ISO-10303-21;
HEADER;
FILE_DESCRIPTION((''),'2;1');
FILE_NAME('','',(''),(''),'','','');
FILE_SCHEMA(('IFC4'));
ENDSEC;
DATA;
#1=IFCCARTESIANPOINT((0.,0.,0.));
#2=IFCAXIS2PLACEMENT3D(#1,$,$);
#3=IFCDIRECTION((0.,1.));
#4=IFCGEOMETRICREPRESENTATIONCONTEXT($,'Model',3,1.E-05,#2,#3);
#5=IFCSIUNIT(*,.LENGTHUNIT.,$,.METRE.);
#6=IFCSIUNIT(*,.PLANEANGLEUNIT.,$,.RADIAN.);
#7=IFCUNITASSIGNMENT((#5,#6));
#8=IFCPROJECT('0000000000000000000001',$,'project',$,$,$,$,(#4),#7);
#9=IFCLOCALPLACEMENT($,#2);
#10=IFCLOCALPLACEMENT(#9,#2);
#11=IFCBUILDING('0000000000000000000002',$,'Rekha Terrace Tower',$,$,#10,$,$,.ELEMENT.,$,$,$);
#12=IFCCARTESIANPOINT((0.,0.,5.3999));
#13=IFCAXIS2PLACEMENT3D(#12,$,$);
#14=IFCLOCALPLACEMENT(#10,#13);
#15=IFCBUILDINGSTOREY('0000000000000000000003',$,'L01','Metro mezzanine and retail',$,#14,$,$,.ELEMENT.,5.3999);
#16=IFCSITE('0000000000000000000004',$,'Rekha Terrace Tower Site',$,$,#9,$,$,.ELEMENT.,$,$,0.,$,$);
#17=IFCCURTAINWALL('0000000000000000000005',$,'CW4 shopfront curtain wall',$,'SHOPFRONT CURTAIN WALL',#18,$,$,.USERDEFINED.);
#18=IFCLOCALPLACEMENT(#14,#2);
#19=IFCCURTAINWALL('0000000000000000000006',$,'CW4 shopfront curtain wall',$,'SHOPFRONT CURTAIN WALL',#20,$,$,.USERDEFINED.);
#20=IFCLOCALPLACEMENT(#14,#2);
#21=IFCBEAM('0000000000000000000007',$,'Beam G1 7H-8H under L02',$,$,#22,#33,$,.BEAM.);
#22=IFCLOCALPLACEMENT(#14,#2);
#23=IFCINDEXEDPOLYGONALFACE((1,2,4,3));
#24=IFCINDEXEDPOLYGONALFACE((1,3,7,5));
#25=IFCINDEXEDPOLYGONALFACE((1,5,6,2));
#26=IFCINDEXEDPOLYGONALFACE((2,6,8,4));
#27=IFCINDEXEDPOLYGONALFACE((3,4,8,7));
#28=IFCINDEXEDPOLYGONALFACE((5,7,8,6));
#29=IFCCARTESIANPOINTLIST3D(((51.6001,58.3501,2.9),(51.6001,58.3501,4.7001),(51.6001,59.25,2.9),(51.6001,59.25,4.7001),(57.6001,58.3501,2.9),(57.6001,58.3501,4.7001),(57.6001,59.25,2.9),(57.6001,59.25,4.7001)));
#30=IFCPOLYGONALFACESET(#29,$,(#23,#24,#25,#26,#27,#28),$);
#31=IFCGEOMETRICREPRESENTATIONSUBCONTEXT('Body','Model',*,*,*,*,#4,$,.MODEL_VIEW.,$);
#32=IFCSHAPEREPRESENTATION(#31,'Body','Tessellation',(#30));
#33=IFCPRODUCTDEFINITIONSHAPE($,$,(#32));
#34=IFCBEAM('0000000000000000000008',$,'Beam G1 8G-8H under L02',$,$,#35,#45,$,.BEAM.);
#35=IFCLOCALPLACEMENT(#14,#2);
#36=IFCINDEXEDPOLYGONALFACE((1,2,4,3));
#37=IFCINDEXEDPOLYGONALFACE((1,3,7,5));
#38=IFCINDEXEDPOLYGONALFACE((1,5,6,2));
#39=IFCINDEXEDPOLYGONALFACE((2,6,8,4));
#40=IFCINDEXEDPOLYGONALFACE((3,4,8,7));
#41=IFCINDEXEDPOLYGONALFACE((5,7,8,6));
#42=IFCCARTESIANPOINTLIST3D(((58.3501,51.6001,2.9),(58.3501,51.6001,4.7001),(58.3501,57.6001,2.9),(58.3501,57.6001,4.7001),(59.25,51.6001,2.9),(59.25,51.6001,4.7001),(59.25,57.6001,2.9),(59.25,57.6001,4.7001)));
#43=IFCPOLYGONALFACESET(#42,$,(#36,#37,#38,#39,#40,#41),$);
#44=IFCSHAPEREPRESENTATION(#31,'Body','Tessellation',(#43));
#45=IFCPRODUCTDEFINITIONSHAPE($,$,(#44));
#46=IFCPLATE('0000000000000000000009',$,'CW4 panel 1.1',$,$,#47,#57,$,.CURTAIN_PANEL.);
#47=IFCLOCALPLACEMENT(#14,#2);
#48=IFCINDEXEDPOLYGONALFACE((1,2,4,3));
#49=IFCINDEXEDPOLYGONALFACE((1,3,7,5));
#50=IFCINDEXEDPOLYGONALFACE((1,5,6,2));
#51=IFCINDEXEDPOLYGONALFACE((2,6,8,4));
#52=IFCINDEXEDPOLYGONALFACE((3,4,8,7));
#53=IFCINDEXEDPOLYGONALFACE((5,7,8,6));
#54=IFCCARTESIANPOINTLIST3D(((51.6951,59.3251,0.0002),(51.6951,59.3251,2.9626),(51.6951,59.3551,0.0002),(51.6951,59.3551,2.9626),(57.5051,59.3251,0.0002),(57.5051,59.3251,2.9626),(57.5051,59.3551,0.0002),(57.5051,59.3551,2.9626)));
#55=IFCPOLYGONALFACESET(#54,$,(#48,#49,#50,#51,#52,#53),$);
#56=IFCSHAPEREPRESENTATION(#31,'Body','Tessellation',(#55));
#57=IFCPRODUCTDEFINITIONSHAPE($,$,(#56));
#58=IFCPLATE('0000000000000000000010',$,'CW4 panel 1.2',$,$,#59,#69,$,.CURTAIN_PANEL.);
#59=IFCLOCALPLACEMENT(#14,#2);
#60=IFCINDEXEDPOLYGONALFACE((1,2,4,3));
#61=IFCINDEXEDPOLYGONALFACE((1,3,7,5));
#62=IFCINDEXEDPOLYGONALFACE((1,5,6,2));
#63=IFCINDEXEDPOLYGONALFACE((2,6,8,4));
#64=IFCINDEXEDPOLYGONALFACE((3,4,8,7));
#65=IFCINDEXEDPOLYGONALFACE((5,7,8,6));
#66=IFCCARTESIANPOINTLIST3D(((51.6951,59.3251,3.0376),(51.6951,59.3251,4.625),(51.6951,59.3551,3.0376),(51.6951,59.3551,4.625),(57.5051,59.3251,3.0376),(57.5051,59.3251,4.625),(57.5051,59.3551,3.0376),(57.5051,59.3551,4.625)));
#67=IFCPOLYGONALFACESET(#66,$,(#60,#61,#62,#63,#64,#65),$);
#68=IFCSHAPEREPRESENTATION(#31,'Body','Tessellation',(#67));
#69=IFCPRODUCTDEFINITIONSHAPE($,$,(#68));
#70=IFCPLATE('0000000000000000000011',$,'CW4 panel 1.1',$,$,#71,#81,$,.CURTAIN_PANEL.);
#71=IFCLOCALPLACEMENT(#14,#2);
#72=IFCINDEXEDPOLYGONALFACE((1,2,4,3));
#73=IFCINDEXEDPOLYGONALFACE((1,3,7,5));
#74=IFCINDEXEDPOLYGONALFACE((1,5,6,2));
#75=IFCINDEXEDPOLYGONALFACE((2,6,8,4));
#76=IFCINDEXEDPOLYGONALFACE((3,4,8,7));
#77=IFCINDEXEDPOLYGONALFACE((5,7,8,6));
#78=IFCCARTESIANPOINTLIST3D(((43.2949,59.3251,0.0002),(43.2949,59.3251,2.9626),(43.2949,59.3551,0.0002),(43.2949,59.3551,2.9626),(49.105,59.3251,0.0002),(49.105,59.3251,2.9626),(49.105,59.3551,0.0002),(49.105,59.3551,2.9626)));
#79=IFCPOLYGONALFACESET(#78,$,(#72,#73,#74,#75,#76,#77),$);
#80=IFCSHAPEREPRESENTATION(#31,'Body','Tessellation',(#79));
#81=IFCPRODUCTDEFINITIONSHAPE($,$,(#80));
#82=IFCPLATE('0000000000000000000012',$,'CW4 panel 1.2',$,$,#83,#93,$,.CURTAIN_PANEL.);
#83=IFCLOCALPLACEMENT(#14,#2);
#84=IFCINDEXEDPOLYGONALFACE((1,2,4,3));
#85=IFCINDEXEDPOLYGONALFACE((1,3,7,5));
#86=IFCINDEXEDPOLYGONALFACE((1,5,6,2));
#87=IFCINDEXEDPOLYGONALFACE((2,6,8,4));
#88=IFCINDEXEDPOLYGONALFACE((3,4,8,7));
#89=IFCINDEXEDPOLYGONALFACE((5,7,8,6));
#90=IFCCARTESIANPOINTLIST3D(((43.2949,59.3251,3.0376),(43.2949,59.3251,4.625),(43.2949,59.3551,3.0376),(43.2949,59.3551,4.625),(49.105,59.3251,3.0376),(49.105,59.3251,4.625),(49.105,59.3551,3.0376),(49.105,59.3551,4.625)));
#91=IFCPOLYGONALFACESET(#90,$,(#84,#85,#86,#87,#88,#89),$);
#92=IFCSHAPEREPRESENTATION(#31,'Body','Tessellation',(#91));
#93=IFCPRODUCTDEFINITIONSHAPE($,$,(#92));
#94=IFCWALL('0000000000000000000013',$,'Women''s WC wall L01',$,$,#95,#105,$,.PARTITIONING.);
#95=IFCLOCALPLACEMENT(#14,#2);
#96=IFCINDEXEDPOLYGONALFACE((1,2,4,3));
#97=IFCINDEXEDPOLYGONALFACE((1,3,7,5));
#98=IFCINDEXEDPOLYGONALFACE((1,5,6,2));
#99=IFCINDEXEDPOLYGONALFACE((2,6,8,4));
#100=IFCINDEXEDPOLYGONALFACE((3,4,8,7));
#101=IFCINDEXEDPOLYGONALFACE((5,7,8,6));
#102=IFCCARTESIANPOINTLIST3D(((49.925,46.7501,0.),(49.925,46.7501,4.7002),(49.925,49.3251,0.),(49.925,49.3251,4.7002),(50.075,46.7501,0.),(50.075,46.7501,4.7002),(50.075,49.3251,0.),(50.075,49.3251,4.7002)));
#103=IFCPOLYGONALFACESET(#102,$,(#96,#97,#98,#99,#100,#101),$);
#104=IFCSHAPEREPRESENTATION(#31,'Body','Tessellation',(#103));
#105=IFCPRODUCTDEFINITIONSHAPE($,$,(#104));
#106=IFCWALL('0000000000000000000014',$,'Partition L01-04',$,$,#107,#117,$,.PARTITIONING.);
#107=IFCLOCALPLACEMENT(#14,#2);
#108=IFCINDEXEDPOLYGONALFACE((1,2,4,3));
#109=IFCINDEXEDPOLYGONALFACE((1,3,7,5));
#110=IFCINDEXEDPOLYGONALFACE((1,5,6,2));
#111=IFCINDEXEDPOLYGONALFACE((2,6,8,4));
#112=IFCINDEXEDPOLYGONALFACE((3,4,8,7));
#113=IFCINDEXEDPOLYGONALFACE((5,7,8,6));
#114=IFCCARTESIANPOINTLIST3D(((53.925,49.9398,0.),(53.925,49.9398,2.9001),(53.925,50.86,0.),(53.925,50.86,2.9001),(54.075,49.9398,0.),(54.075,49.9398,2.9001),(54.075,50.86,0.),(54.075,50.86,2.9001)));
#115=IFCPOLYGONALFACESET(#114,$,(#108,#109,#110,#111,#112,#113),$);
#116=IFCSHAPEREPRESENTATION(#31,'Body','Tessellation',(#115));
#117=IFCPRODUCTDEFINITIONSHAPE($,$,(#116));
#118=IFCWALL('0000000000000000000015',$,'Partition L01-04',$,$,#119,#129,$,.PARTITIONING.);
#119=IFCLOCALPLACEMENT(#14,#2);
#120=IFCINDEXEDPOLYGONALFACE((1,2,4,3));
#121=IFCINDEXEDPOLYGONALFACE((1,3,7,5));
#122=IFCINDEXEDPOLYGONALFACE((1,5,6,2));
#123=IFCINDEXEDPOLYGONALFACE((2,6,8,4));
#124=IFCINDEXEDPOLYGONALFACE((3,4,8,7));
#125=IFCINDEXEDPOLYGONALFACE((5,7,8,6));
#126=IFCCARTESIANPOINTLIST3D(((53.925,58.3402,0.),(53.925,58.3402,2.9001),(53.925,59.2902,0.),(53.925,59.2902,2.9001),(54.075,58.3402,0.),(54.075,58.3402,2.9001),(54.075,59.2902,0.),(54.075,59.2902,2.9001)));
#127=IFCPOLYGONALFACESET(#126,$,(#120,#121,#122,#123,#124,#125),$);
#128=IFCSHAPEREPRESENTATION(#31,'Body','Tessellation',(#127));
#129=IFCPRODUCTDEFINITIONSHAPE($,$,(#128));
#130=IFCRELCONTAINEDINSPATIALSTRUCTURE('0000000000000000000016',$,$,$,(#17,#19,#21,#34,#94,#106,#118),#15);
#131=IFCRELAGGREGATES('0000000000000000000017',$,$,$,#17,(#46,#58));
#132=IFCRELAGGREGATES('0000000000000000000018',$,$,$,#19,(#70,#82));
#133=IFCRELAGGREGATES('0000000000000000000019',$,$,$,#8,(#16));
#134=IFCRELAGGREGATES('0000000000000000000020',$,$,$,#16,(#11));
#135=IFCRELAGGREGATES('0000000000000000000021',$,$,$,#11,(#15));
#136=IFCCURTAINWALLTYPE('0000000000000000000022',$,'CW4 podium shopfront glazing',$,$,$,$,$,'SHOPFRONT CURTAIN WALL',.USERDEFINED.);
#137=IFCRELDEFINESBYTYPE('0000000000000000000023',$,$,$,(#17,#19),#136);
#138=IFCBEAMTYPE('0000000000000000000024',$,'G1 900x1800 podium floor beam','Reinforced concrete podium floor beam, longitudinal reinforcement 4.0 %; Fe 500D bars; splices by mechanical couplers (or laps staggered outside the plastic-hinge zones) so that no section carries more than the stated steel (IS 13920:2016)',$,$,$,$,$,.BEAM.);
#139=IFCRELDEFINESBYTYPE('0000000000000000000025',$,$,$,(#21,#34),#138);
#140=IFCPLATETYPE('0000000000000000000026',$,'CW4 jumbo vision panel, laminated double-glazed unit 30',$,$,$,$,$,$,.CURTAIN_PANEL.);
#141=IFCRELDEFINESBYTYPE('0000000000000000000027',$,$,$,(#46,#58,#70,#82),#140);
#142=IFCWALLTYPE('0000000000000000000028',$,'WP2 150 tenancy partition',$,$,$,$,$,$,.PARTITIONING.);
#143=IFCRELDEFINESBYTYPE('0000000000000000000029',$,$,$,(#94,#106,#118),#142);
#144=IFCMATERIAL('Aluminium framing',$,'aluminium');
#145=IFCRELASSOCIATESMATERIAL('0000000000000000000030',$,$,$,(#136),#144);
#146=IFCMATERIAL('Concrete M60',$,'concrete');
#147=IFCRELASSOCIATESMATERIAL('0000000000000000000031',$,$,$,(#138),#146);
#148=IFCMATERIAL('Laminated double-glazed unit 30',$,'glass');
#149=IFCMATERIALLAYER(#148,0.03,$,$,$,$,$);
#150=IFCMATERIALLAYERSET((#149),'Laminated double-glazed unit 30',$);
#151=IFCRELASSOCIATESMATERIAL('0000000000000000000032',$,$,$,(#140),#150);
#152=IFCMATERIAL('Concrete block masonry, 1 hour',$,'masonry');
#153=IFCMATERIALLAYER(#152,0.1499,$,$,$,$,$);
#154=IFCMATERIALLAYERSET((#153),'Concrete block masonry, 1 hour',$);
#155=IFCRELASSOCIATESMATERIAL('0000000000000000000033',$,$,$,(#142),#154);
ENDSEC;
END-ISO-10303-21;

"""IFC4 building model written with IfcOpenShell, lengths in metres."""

from ifc_helpers import new_model, si_unit, direction, frame, frame_2d, origin, origin_2d, place, context, subcontext, project, spatial, rectangle, extrude, material, layer, layer_set, material_profile, profile_set, type_object, element, aggregate, save


model = new_model("IFC4")

# Units and contexts
model_context = context("Model", 3, precision=1e-05, world=origin(), true_north=direction((0.0, 1.0)))
body_context = subcontext(model_context, "Body", "Model", "MODEL_VIEW")
ifc_project = project(units=[si_unit("LENGTHUNIT", "METRE"), si_unit("PLANEANGLEUNIT", "RADIAN")], contexts=[model_context])

# Site, building, storey
site_placement = place(None, origin())
site = spatial("IfcSite", under=ifc_project, at=site_placement, Name="Rekha Terrace Tower Site", CompositionType="ELEMENT", RefElevation=0.0)
building_placement = place(site_placement, origin())
building = spatial("IfcBuilding", under=site, at=building_placement, Name="Rekha Terrace Tower", CompositionType="ELEMENT")
storey_placement = place(building_placement, frame((0.0, 0.0, 5.3999)))
storey = spatial("IfcBuildingStorey", under=building, at=storey_placement, Name="L01", Description="Metro mezzanine and retail", CompositionType="ELEMENT", Elevation=5.3999)

# Curtain wall
ifc_material_1 = material(Name="Aluminium framing", Category="aluminium")
curtain_wall_type = type_object("IfcCurtainWallType", Name="CW4 podium shopfront glazing", ElementType="SHOPFRONT CURTAIN WALL", PredefinedType="USERDEFINED", material=ifc_material_1)
curtain_wall_1_placement = place(storey_placement, origin())
curtain_wall_1 = element("IfcCurtainWall", 1, at=curtain_wall_1_placement, inside=storey, type_object=curtain_wall_type, Name="CW4 shopfront curtain wall", ObjectType="SHOPFRONT CURTAIN WALL", PredefinedType="USERDEFINED")

# Curtain wall
curtain_wall_2_placement = place(storey_placement, origin())
curtain_wall_2 = element("IfcCurtainWall", 2, at=curtain_wall_2_placement, inside=storey, type_object=curtain_wall_type, Name="CW4 shopfront curtain wall", ObjectType="SHOPFRONT CURTAIN WALL", PredefinedType="USERDEFINED")

# Beams
ifc_material_2 = material(Name="Concrete M60", Category="concrete")
ifc_material_profile_1 = material_profile(ifc_material_2, rectangle(XDim=0.8999, YDim=1.8, at=origin_2d()), Name="RC 900x1800")
ifc_profile_set_1 = profile_set([ifc_material_profile_1], Name="Concrete M60")
beam_type = type_object("IfcBeamType", Name="G1 900x1800 podium floor beam", Description="Reinforced concrete podium floor beam, longitudinal reinforcement 4.0 %; Fe 500D bars; splices by mechanical couplers (or laps staggered outside the plastic-hinge zones) so that no section carries more than the stated steel (IS 13920:2016)", PredefinedType="BEAM", material=ifc_profile_set_1)
for number, where, z_axis, x_axis, name in (
    (3, (51.6001, 58.8, 3.8), (1.0, 0.0, 0.0), (0.0, 1.0, 0.0), "Beam G1 7H-8H under L02"),
    (4, (58.8, 51.6001, 3.8), (0.0, 1.0, 0.0), (-1.0, 0.0, 0.0), "Beam G1 8G-8H under L02"),
):
    element("IfcBeam", number, at=place(storey_placement, frame(where, z_axis=z_axis, x_axis=x_axis)), inside=storey, type_object=beam_type, Name=name, PredefinedType="BEAM", context=body_context, shape_type="SweptSolid", body=[
        extrude(rectangle(XDim=0.8999, YDim=1.8, at=origin_2d()), origin(), (0.0, 0.0, 1.0), 6.0),
    ])

# Plates
ifc_material_3 = material(Name="Laminated double-glazed unit 30", Category="glass")
ifc_layer_1 = layer(ifc_material_3, 0.03)
ifc_layer_set_1 = layer_set([ifc_layer_1], Name="Laminated double-glazed unit 30")
plate_type = type_object("IfcPlateType", Name="CW4 jumbo vision panel, laminated double-glazed unit 30", PredefinedType="CURTAIN_PANEL", material=ifc_layer_set_1)
plate_1_placement = place(storey_placement, frame((54.6001, 59.3401, 0.0002), z_axis=(0.0, 0.0, 1.0), x_axis=(-1.0, 0.0, 0.0)))
plate_1 = element("IfcPlate", 5, at=plate_1_placement, type_object=plate_type, Name="CW4 panel 1.1", PredefinedType="CURTAIN_PANEL", context=body_context, shape_type="SweptSolid", body=[
    extrude(rectangle(XDim=5.8101, YDim=0.03, at=origin_2d()), origin(), (0.0, 0.0, 1.0), 2.9624),
])
plate_2_placement = place(storey_placement, frame((54.6001, 59.3401, 3.0376), z_axis=(0.0, 0.0, 1.0), x_axis=(-1.0, 0.0, 0.0)))
plate_2 = element("IfcPlate", 6, at=plate_2_placement, type_object=plate_type, Name="CW4 panel 1.2", PredefinedType="CURTAIN_PANEL", context=body_context, shape_type="SweptSolid", body=[
    extrude(rectangle(XDim=5.8101, YDim=0.03, at=origin_2d()), origin(), (0.0, 0.0, 1.0), 1.5874),
])
aggregate(curtain_wall_1, [plate_1, plate_2])
plate_3_placement = place(storey_placement, frame((46.2, 59.3401, 0.0002), z_axis=(0.0, 0.0, 1.0), x_axis=(-1.0, 0.0, 0.0)))
plate_3 = element("IfcPlate", 7, at=plate_3_placement, type_object=plate_type, Name="CW4 panel 1.1", PredefinedType="CURTAIN_PANEL", context=body_context, shape_type="SweptSolid", body=[
    extrude(rectangle(XDim=5.8101, YDim=0.03, at=origin_2d()), origin(), (0.0, 0.0, 1.0), 2.9624),
])
plate_4_placement = place(storey_placement, frame((46.2, 59.3401, 3.0376), z_axis=(0.0, 0.0, 1.0), x_axis=(-1.0, 0.0, 0.0)))
plate_4 = element("IfcPlate", 8, at=plate_4_placement, type_object=plate_type, Name="CW4 panel 1.2", PredefinedType="CURTAIN_PANEL", context=body_context, shape_type="SweptSolid", body=[
    extrude(rectangle(XDim=5.8101, YDim=0.03, at=origin_2d()), origin(), (0.0, 0.0, 1.0), 1.5874),
])
aggregate(curtain_wall_2, [plate_3, plate_4])

# Walls
ifc_material_4 = material(Name="Concrete block masonry, 1 hour", Category="masonry")
ifc_layer_2 = layer(ifc_material_4, 0.1499)
ifc_layer_set_2 = layer_set([ifc_layer_2], Name="Concrete block masonry, 1 hour")
wall_type = type_object("IfcWallType", Name="WP2 150 tenancy partition", PredefinedType="PARTITIONING", material=ifc_layer_set_2)
wall_1_placement = place(storey_placement, frame((50.0, 46.75, 0.0), z_axis=(0.0, 0.0, 1.0), x_axis=(0.0, 1.0, 0.0)))
element("IfcWall", 9, at=wall_1_placement, inside=storey, type_object=wall_type, Name="Women's WC wall L01", PredefinedType="PARTITIONING", context=body_context, shape_type="SweptSolid", body=[
    extrude(rectangle(XDim=2.575, YDim=0.1499, at=frame_2d((1.2876, 0.0))), origin(), (0.0, 0.0, 1.0), 4.7002),
])
wall_2_placement = place(storey_placement, frame((54.0, 49.9399, 0.0), z_axis=(0.0, 0.0, 1.0), x_axis=(0.0, 1.0, 0.0)))
element("IfcWall", 10, at=wall_2_placement, inside=storey, type_object=wall_type, Name="Partition L01-04", PredefinedType="PARTITIONING", context=body_context, shape_type="SweptSolid", body=[
    extrude(rectangle(XDim=0.9202, YDim=0.1499, at=frame_2d((0.46, 0.0))), origin(), (0.0, 0.0, 1.0), 2.9001),
])

# Wall
wall_3_placement = place(storey_placement, frame((54.0, 58.3401, 0.0), z_axis=(0.0, 0.0, 1.0), x_axis=(0.0, 1.0, 0.0)))
element("IfcWall", 11, at=wall_3_placement, inside=storey, type_object=wall_type, Name="Partition L01-04", PredefinedType="PARTITIONING", context=body_context, shape_type="SweptSolid", body=[
    extrude(rectangle(XDim=0.95, YDim=0.1499, at=frame_2d((0.4751, 0.0))), origin(), (0.0, 0.0, 1.0), 2.9001),
])

save(model, "model.ifc")
